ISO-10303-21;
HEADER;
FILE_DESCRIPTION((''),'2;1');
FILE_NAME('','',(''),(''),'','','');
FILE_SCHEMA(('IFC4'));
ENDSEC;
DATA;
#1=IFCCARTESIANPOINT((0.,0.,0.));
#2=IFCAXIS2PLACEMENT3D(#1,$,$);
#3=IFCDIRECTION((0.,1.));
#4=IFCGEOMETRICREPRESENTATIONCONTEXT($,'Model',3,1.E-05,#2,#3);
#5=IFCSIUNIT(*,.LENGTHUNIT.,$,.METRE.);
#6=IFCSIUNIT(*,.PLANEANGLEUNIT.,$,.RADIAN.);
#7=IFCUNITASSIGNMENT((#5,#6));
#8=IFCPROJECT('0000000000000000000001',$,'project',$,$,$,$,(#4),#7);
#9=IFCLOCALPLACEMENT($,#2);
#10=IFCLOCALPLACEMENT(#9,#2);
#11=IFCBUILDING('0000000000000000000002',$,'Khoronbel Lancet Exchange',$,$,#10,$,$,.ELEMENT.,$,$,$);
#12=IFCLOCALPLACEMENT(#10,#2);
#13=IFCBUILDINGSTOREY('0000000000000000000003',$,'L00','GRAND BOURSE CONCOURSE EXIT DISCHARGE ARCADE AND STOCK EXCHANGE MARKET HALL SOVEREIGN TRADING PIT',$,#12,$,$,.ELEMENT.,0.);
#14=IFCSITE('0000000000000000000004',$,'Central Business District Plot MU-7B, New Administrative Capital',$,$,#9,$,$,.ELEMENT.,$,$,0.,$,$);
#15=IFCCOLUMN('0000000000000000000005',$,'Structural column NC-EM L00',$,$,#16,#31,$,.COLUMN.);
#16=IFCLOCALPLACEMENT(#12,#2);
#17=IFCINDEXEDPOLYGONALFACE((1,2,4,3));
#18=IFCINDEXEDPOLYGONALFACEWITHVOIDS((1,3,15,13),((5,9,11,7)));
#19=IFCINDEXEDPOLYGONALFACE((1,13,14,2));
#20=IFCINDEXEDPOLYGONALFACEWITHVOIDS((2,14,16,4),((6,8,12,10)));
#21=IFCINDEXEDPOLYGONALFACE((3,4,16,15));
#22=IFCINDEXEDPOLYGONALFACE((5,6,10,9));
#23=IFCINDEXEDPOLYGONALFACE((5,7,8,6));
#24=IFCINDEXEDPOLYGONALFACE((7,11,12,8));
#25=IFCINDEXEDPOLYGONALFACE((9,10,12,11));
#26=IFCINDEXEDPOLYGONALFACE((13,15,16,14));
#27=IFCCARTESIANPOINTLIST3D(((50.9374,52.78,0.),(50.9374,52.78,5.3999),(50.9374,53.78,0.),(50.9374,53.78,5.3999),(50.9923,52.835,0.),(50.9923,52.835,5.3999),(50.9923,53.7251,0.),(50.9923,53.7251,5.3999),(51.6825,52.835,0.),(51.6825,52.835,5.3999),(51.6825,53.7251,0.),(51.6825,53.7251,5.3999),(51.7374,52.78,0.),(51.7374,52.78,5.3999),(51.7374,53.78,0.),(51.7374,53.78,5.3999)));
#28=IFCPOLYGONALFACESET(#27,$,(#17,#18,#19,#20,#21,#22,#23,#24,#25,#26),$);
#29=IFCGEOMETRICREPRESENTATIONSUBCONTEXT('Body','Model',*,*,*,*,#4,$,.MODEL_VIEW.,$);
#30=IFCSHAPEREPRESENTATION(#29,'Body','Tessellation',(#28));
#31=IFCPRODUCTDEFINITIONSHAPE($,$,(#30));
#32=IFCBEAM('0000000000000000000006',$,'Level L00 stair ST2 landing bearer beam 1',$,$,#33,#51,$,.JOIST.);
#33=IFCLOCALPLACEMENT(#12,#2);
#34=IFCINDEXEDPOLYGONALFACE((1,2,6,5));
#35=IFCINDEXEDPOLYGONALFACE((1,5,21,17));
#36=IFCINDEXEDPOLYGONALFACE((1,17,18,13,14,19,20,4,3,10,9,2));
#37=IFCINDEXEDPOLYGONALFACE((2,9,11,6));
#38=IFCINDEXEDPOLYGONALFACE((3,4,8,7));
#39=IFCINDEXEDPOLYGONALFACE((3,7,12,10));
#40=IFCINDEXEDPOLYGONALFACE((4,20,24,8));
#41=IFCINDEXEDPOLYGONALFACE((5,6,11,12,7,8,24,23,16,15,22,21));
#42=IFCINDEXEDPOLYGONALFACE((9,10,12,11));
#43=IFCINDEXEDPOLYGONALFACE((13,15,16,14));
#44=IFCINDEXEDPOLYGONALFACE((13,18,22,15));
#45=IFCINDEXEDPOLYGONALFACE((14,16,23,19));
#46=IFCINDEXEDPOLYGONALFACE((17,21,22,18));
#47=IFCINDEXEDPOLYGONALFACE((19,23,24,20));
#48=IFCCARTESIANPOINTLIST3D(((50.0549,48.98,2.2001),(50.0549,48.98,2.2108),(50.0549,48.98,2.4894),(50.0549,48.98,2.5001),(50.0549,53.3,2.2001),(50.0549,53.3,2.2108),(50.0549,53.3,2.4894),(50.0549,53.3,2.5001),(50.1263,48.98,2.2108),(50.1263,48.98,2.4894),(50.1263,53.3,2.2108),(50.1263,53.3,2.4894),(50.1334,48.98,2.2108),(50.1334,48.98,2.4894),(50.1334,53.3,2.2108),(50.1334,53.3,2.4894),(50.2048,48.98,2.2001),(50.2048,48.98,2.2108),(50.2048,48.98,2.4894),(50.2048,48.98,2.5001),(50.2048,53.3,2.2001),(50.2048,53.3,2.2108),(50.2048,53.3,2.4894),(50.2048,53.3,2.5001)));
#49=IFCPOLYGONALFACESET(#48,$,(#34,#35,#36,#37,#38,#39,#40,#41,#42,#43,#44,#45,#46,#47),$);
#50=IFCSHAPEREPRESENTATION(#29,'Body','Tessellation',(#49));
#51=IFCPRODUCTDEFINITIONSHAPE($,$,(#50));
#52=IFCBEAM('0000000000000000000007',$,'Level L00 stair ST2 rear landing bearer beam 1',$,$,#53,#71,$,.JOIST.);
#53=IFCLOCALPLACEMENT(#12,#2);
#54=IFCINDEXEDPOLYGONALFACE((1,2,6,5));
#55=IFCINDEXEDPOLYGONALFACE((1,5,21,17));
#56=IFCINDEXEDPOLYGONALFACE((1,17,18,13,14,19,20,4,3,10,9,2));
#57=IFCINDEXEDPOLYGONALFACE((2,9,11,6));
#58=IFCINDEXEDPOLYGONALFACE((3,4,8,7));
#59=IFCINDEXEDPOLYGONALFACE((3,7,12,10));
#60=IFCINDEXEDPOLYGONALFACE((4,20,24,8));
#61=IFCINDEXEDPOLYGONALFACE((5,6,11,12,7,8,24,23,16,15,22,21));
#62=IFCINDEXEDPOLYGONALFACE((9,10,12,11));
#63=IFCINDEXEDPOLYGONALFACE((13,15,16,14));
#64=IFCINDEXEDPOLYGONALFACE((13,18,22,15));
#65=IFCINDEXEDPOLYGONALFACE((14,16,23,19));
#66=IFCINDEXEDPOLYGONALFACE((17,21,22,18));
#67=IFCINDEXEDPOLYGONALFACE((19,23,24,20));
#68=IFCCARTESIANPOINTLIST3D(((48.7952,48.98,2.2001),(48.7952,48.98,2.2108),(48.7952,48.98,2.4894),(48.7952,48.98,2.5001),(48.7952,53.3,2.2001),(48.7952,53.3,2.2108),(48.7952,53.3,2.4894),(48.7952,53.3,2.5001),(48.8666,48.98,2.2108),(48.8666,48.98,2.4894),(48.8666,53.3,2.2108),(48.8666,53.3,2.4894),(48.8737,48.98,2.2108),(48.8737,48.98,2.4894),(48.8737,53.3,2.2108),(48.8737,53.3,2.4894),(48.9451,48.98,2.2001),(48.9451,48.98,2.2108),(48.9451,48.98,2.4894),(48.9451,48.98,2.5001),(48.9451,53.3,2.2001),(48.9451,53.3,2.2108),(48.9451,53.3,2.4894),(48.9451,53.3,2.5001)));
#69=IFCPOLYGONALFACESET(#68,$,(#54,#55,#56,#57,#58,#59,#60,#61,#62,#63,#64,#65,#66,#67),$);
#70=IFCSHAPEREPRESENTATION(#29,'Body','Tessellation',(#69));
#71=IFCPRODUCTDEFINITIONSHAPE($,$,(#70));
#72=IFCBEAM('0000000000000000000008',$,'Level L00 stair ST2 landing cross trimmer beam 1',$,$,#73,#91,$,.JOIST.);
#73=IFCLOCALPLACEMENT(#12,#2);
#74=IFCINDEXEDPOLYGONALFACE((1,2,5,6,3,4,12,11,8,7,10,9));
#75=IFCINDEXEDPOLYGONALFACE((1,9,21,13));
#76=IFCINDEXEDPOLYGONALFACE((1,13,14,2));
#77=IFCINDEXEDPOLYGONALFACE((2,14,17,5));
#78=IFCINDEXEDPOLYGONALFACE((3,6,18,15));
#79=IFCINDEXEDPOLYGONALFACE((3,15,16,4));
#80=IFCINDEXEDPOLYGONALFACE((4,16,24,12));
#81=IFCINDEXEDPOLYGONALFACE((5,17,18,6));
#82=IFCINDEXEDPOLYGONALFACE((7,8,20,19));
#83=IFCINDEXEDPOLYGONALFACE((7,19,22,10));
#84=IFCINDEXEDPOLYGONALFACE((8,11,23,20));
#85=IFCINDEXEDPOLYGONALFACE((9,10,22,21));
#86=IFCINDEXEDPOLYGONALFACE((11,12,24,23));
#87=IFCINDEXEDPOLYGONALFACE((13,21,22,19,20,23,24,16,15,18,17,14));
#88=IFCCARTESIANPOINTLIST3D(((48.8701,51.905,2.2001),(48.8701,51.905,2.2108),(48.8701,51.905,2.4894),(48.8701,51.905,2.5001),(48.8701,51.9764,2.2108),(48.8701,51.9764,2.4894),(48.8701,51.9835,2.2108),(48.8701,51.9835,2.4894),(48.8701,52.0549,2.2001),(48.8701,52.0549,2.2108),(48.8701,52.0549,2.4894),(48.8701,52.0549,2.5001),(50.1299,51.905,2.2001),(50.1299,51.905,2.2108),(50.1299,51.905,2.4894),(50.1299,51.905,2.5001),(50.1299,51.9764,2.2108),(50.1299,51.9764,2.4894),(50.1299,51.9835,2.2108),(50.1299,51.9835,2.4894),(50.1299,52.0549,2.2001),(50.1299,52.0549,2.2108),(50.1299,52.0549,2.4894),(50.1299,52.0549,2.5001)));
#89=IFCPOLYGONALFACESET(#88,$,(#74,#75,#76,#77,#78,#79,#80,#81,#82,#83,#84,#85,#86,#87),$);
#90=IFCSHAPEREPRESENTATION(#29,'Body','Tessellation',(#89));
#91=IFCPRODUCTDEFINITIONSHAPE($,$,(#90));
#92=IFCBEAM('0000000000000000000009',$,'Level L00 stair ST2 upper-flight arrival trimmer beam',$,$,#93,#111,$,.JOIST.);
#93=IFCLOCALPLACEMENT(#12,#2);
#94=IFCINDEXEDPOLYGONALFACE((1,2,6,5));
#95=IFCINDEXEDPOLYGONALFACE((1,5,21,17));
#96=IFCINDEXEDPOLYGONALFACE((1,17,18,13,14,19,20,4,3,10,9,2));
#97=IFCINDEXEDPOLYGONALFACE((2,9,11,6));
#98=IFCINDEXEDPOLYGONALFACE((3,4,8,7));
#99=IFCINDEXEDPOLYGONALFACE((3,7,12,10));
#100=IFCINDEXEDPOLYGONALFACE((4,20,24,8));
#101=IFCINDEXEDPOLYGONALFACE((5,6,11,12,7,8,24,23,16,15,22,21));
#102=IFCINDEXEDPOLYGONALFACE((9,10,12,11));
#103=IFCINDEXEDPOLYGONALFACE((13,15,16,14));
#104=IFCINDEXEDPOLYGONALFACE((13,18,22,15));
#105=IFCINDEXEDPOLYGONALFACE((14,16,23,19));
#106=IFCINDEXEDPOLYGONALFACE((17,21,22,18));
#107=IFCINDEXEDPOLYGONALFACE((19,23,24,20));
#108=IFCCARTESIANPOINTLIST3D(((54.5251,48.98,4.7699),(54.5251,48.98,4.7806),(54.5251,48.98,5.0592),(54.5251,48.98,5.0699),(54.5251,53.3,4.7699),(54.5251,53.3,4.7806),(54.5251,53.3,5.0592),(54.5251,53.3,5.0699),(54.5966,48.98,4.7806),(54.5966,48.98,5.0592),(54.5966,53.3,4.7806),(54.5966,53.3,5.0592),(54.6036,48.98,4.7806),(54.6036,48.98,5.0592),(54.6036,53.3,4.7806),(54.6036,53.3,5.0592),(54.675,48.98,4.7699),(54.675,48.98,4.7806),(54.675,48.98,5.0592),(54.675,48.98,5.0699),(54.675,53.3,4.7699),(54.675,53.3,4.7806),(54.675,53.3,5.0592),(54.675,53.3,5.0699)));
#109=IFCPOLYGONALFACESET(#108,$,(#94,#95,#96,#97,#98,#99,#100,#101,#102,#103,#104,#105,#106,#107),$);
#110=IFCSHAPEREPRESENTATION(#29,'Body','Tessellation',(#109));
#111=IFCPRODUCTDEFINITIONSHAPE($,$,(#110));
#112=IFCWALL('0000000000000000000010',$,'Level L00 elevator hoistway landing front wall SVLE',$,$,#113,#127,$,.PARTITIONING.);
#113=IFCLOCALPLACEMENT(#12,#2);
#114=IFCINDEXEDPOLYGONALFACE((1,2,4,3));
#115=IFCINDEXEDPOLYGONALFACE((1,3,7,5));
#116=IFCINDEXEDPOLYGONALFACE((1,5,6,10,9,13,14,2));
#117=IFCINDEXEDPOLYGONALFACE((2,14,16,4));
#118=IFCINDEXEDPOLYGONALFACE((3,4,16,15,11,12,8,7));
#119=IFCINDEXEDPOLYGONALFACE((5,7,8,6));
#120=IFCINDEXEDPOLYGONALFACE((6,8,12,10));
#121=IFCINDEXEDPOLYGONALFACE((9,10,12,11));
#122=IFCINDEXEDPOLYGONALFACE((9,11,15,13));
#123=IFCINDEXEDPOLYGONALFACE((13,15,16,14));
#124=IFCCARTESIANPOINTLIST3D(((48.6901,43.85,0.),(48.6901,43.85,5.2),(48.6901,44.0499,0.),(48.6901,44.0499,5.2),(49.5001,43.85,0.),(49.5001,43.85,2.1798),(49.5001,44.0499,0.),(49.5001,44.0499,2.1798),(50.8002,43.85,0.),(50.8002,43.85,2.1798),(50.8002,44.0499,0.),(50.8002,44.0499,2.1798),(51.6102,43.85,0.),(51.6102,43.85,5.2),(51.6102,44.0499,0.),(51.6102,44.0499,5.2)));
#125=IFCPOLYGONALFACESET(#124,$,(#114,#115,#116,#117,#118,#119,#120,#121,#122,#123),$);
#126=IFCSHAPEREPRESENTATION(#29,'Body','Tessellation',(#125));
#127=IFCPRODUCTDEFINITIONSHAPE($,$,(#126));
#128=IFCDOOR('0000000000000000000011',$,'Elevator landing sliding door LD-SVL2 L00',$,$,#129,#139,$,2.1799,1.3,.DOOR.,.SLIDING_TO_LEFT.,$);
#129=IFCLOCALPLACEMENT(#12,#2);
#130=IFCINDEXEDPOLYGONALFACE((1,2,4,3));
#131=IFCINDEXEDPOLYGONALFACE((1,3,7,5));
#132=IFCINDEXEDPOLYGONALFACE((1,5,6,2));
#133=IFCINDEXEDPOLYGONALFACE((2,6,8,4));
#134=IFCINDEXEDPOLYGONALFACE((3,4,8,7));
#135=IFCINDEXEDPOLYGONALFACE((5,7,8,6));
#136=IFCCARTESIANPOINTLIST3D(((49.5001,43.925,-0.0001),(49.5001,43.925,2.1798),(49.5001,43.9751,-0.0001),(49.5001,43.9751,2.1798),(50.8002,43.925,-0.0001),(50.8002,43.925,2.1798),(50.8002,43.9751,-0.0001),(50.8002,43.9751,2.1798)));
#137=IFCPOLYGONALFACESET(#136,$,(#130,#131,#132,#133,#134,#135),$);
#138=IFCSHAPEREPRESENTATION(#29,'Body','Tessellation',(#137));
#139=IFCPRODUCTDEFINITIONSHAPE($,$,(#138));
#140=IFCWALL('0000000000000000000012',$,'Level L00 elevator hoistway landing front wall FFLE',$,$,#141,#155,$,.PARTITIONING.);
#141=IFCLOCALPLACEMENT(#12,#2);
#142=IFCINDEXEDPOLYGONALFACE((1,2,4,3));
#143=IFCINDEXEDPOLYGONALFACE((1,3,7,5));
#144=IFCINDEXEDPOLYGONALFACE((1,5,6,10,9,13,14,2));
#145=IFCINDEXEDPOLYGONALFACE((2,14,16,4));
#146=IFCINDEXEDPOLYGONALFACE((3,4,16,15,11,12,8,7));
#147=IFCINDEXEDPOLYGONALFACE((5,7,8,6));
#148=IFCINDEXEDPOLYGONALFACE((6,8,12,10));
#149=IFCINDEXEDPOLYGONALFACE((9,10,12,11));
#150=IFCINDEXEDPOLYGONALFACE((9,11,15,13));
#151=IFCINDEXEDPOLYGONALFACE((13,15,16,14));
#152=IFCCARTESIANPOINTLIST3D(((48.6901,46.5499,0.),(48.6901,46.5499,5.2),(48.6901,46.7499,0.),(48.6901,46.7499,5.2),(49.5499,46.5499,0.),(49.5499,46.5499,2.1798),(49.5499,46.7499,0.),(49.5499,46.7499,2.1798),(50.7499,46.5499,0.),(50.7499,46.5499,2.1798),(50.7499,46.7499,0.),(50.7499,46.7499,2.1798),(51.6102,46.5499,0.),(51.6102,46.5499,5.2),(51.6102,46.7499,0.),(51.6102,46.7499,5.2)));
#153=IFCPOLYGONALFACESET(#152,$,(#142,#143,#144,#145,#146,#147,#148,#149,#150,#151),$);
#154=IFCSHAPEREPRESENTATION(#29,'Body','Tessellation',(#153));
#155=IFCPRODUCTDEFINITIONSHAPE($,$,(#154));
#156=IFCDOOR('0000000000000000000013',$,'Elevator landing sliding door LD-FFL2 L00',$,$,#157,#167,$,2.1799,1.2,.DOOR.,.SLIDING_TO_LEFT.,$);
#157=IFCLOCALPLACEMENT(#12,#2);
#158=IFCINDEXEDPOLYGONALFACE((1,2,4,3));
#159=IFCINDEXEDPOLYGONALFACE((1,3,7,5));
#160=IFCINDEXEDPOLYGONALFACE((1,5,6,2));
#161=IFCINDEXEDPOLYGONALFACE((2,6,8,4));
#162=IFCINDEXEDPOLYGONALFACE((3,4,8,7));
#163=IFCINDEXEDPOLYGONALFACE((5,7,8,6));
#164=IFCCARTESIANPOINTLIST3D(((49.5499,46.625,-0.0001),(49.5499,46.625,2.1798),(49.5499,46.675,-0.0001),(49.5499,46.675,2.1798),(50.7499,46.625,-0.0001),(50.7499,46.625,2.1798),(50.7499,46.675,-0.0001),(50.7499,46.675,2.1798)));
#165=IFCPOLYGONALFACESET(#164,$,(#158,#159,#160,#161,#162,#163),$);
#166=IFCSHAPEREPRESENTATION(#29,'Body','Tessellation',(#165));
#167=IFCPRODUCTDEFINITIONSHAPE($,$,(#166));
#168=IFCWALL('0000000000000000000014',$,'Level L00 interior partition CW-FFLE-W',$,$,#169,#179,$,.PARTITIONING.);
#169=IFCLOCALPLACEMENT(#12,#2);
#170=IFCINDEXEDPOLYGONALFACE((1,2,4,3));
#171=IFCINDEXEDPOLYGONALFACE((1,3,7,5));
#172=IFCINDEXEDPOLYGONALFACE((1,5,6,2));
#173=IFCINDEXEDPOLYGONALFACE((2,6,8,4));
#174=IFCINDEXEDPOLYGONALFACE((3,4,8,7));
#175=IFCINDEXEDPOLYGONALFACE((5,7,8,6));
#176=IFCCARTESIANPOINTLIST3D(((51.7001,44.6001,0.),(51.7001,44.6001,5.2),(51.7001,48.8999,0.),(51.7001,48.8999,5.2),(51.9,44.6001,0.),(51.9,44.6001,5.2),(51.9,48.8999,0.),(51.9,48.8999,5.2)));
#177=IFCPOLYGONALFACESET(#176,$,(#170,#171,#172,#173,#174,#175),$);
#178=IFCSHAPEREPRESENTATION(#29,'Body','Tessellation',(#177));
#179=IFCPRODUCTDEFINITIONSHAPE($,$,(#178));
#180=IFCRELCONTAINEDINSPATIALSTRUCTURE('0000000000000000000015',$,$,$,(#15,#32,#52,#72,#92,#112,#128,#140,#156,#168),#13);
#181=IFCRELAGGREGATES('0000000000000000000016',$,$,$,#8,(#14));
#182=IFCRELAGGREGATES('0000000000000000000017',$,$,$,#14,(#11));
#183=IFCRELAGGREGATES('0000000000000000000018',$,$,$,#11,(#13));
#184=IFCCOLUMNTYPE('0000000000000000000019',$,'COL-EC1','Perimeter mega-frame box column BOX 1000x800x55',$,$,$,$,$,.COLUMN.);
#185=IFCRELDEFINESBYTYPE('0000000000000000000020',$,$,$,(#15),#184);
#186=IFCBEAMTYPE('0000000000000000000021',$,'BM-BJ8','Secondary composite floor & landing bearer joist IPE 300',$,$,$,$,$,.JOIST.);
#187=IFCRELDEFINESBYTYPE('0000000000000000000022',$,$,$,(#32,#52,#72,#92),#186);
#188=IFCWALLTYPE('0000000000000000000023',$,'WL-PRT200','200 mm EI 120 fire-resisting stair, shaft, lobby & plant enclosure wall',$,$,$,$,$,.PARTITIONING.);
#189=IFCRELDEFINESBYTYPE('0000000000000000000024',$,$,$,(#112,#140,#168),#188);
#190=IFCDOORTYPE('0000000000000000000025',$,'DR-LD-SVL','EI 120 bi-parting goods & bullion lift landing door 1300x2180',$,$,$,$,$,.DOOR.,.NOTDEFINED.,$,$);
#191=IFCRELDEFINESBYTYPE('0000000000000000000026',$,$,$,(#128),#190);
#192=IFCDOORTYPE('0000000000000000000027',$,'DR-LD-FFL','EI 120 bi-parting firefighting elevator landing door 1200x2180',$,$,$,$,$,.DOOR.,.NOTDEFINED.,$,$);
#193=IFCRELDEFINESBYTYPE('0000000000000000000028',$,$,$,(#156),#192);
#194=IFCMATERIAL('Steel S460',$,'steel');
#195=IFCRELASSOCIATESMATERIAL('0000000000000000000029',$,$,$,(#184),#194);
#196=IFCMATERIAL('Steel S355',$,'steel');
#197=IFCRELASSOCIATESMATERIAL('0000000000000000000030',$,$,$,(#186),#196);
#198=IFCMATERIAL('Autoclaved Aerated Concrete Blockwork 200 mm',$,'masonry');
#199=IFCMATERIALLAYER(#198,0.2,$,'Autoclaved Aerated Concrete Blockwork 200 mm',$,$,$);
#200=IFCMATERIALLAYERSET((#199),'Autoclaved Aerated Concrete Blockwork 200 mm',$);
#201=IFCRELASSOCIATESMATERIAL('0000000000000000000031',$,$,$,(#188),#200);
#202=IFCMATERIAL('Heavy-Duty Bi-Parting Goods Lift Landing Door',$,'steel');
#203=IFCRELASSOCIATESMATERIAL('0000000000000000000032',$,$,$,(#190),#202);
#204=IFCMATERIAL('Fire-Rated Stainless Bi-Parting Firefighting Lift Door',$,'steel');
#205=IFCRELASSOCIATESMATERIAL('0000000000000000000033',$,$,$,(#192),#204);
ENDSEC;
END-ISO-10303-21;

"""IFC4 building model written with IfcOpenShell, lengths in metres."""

from ifc_helpers import new_model, si_unit, direction, frame, frame_2d, origin, origin_2d, place, context, subcontext, project, spatial, rectangle, hollow_rectangle, i_section, extrude, material, layer, layer_set, material_profile, profile_set, type_object, element, fill, save


model = new_model("IFC4")

# Units and contexts
model_context = context("Model", 3, precision=1e-05, world=origin(), true_north=direction((0.0, 1.0)))
body_context = subcontext(model_context, "Body", "Model", "MODEL_VIEW")
ifc_project = project(units=[si_unit("LENGTHUNIT", "METRE"), si_unit("PLANEANGLEUNIT", "RADIAN")], contexts=[model_context])

# Site, building, storey
site_placement = place(None, origin())
site = spatial("IfcSite", under=ifc_project, at=site_placement, Name="Central Business District Plot MU-7B, New Administrative Capital", CompositionType="ELEMENT", RefElevation=0.0)
building_placement = place(site_placement, origin())
building = spatial("IfcBuilding", under=site, at=building_placement, Name="Khoronbel Lancet Exchange", CompositionType="ELEMENT")
storey_placement = place(building_placement, origin())
storey = spatial("IfcBuildingStorey", under=building, at=storey_placement, Name="L00", Description="GRAND BOURSE CONCOURSE EXIT DISCHARGE ARCADE AND STOCK EXCHANGE MARKET HALL SOVEREIGN TRADING PIT", CompositionType="ELEMENT", Elevation=0.0)

# Column
ifc_material_1 = material(Name="Steel S460", Category="steel")
ifc_material_profile_1 = material_profile(ifc_material_1, hollow_rectangle(XDim=0.8, YDim=1.0, WallThickness=0.0549, at=origin_2d()), Name="BOX 1000x800x55")
ifc_profile_set_1 = profile_set([ifc_material_profile_1], Name="Steel S460")
column_type = type_object("IfcColumnType", Name="COL-EC1", Description="Perimeter mega-frame box column BOX 1000x800x55", PredefinedType="COLUMN", material=ifc_profile_set_1)
column_placement = place(storey_placement, frame((51.3374, 53.28, 0.0), z_axis=(0.0, 0.0, 1.0), x_axis=(1.0, 0.0, 0.0)))
element("IfcColumn", 1, at=column_placement, inside=storey, type_object=column_type, Name="Structural column NC-EM L00", PredefinedType="COLUMN", context=body_context, shape_type="SweptSolid", body=[
    extrude(hollow_rectangle(XDim=0.8, YDim=1.0, WallThickness=0.0549, at=origin_2d()), origin(), (0.0, 0.0, 1.0), 5.3999),
])

# Beams
ifc_material_2 = material(Name="Steel S355", Category="steel")
ifc_material_profile_2 = material_profile(ifc_material_2, i_section(OverallWidth=0.1499, OverallDepth=0.3, WebThickness=0.0071, FlangeThickness=0.0107, at=origin_2d()), Name="IPE 300")
ifc_profile_set_2 = profile_set([ifc_material_profile_2], Name="Steel S355")
beam_type = type_object("IfcBeamType", Name="BM-BJ8", Description="Secondary composite floor & landing bearer joist IPE 300", PredefinedType="JOIST", material=ifc_profile_set_2)
for number, where, z_axis, x_axis, name in (
    (2, (50.1299, 48.98, 2.3501), (0.0, 1.0, 0.0), (-1.0, 0.0, 0.0), "Level L00 stair ST2 landing bearer beam 1"),
    (3, (48.8701, 48.98, 2.3501), (0.0, 1.0, 0.0), (-1.0, 0.0, 0.0), "Level L00 stair ST2 rear landing bearer beam 1"),
):
    element("IfcBeam", number, at=place(storey_placement, frame(where, z_axis=z_axis, x_axis=x_axis)), inside=storey, type_object=beam_type, Name=name, PredefinedType="JOIST", context=body_context, shape_type="SweptSolid", body=[
        extrude(i_section(OverallWidth=0.1499, OverallDepth=0.3, WebThickness=0.0071, FlangeThickness=0.0107, at=origin_2d()), origin(), (0.0, 0.0, 1.0), 4.3201),
    ])
beam_1_placement = place(storey_placement, frame((48.8701, 51.98, 2.3501), z_axis=(1.0, 0.0, 0.0), x_axis=(0.0, 1.0, 0.0)))
element("IfcBeam", 4, at=beam_1_placement, inside=storey, type_object=beam_type, Name="Level L00 stair ST2 landing cross trimmer beam 1", PredefinedType="JOIST", context=body_context, shape_type="SweptSolid", body=[
    extrude(i_section(OverallWidth=0.1499, OverallDepth=0.3, WebThickness=0.0071, FlangeThickness=0.0107, at=origin_2d()), origin(), (0.0, 0.0, 1.0), 1.2598),
])
beam_2_placement = place(storey_placement, frame((54.6001, 48.98, 4.9199), z_axis=(0.0, 1.0, 0.0), x_axis=(-1.0, 0.0, 0.0)))
element("IfcBeam", 5, at=beam_2_placement, inside=storey, type_object=beam_type, Name="Level L00 stair ST2 upper-flight arrival trimmer beam", PredefinedType="JOIST", context=body_context, shape_type="SweptSolid", body=[
    extrude(i_section(OverallWidth=0.1499, OverallDepth=0.3, WebThickness=0.0071, FlangeThickness=0.0107, at=origin_2d()), origin(), (0.0, 0.0, 1.0), 4.3201),
])

# Walls, openings, doors
ifc_material_3 = material(Name="Autoclaved Aerated Concrete Blockwork 200 mm", Category="masonry")
ifc_layer_1 = layer(ifc_material_3, 0.2, Name="Autoclaved Aerated Concrete Blockwork 200 mm")
ifc_layer_set_1 = layer_set([ifc_layer_1], Name="Autoclaved Aerated Concrete Blockwork 200 mm")
wall_type_1 = type_object("IfcWallType", Name="WL-PRT200", Description="200 mm EI 120 fire-resisting stair, shaft, lobby & plant enclosure wall", PredefinedType="PARTITIONING", material=ifc_layer_set_1)
wall_1_placement = place(storey_placement, frame((51.6101, 43.95, 0.0), z_axis=(0.0, 0.0, 1.0), x_axis=(-1.0, 0.0, 0.0)))
wall_1 = element("IfcWall", 6, at=wall_1_placement, inside=storey, type_object=wall_type_1, Name="Level L00 elevator hoistway landing front wall SVLE", PredefinedType="PARTITIONING", context=body_context, shape_type="SweptSolid", body=[
    extrude(rectangle(XDim=2.9202, YDim=0.2, at=frame_2d((1.46, 0.0))), origin(), (0.0, 0.0, 1.0), 5.2),
])
opening_1_placement = place(wall_1_placement, frame((0.8101, 0.0, 0.0)))
opening_1 = element("IfcOpeningElement", 7, at=opening_1_placement, cuts=wall_1, PredefinedType="OPENING", context=body_context, shape_type="SweptSolid", body=[
    extrude(rectangle(XDim=1.3, YDim=2.1799, at=frame_2d((0.6499, 1.0898))), frame((0.0, 0.1099, 0.0), z_axis=(0.0, -1.0, 0.0), x_axis=(1.0, 0.0, 0.0)), (0.0, 0.0, 1.0), 0.22),
])
ifc_material_4 = material(Name="Heavy-Duty Bi-Parting Goods Lift Landing Door", Category="steel")
door_type_1 = type_object("IfcDoorType", Name="DR-LD-SVL", Description="EI 120 bi-parting goods & bullion lift landing door 1300x2180", OperationType="NOTDEFINED", PredefinedType="DOOR", material=ifc_material_4)
door_1_placement = place(opening_1_placement, origin())
door_1 = element("IfcDoor", 8, at=door_1_placement, inside=storey, type_object=door_type_1, Name="Elevator landing sliding door LD-SVL2 L00", OperationType="SLIDING_TO_LEFT", OverallHeight=2.1799, OverallWidth=1.3, PredefinedType="DOOR", context=body_context, shape_type="SweptSolid", body=[
    extrude(rectangle(XDim=1.3, YDim=2.1799, at=frame_2d((0.6499, 1.0898))), frame((0.0, 0.0249, 0.0), z_axis=(0.0, -1.0, 0.0), x_axis=(1.0, 0.0, 0.0)), (0.0, 0.0, 1.0), 0.05),
])
fill(opening_1, door_1)
wall_2_placement = place(storey_placement, frame((51.6101, 46.6499, 0.0), z_axis=(0.0, 0.0, 1.0), x_axis=(-1.0, 0.0, 0.0)))
wall_2 = element("IfcWall", 9, at=wall_2_placement, inside=storey, type_object=wall_type_1, Name="Level L00 elevator hoistway landing front wall FFLE", PredefinedType="PARTITIONING", context=body_context, shape_type="SweptSolid", body=[
    extrude(rectangle(XDim=2.9202, YDim=0.2, at=frame_2d((1.46, 0.0))), origin(), (0.0, 0.0, 1.0), 5.2),
])
opening_2_placement = place(wall_2_placement, frame((0.8601, 0.0, 0.0)))
opening_2 = element("IfcOpeningElement", 10, at=opening_2_placement, cuts=wall_2, PredefinedType="OPENING", context=body_context, shape_type="SweptSolid", body=[
    extrude(rectangle(XDim=1.2, YDim=2.1799, at=frame_2d((0.6001, 1.0898))), frame((0.0, 0.1099, 0.0), z_axis=(0.0, -1.0, 0.0), x_axis=(1.0, 0.0, 0.0)), (0.0, 0.0, 1.0), 0.22),
])
ifc_material_5 = material(Name="Fire-Rated Stainless Bi-Parting Firefighting Lift Door", Category="steel")
door_type_2 = type_object("IfcDoorType", Name="DR-LD-FFL", Description="EI 120 bi-parting firefighting elevator landing door 1200x2180", OperationType="NOTDEFINED", PredefinedType="DOOR", material=ifc_material_5)
door_2_placement = place(opening_2_placement, origin())
door_2 = element("IfcDoor", 11, at=door_2_placement, inside=storey, type_object=door_type_2, Name="Elevator landing sliding door LD-FFL2 L00", OperationType="SLIDING_TO_LEFT", OverallHeight=2.1799, OverallWidth=1.2, PredefinedType="DOOR", context=body_context, shape_type="SweptSolid", body=[
    extrude(rectangle(XDim=1.2, YDim=2.1799, at=frame_2d((0.6001, 1.0898))), frame((0.0, 0.0249, 0.0), z_axis=(0.0, -1.0, 0.0), x_axis=(1.0, 0.0, 0.0)), (0.0, 0.0, 1.0), 0.05),
])
fill(opening_2, door_2)

# Wall
wall_3_placement = place(storey_placement, frame((51.8, 44.6001, 0.0), z_axis=(0.0, 0.0, 1.0), x_axis=(0.0, 1.0, 0.0)))
element("IfcWall", 12, at=wall_3_placement, inside=storey, type_object=wall_type_1, Name="Level L00 interior partition CW-FFLE-W", PredefinedType="PARTITIONING", context=body_context, shape_type="SweptSolid", body=[
    extrude(rectangle(XDim=4.2998, YDim=0.2, at=frame_2d((2.1499, 0.0))), origin(), (0.0, 0.0, 1.0), 5.2),
])

save(model, "model.ifc")
